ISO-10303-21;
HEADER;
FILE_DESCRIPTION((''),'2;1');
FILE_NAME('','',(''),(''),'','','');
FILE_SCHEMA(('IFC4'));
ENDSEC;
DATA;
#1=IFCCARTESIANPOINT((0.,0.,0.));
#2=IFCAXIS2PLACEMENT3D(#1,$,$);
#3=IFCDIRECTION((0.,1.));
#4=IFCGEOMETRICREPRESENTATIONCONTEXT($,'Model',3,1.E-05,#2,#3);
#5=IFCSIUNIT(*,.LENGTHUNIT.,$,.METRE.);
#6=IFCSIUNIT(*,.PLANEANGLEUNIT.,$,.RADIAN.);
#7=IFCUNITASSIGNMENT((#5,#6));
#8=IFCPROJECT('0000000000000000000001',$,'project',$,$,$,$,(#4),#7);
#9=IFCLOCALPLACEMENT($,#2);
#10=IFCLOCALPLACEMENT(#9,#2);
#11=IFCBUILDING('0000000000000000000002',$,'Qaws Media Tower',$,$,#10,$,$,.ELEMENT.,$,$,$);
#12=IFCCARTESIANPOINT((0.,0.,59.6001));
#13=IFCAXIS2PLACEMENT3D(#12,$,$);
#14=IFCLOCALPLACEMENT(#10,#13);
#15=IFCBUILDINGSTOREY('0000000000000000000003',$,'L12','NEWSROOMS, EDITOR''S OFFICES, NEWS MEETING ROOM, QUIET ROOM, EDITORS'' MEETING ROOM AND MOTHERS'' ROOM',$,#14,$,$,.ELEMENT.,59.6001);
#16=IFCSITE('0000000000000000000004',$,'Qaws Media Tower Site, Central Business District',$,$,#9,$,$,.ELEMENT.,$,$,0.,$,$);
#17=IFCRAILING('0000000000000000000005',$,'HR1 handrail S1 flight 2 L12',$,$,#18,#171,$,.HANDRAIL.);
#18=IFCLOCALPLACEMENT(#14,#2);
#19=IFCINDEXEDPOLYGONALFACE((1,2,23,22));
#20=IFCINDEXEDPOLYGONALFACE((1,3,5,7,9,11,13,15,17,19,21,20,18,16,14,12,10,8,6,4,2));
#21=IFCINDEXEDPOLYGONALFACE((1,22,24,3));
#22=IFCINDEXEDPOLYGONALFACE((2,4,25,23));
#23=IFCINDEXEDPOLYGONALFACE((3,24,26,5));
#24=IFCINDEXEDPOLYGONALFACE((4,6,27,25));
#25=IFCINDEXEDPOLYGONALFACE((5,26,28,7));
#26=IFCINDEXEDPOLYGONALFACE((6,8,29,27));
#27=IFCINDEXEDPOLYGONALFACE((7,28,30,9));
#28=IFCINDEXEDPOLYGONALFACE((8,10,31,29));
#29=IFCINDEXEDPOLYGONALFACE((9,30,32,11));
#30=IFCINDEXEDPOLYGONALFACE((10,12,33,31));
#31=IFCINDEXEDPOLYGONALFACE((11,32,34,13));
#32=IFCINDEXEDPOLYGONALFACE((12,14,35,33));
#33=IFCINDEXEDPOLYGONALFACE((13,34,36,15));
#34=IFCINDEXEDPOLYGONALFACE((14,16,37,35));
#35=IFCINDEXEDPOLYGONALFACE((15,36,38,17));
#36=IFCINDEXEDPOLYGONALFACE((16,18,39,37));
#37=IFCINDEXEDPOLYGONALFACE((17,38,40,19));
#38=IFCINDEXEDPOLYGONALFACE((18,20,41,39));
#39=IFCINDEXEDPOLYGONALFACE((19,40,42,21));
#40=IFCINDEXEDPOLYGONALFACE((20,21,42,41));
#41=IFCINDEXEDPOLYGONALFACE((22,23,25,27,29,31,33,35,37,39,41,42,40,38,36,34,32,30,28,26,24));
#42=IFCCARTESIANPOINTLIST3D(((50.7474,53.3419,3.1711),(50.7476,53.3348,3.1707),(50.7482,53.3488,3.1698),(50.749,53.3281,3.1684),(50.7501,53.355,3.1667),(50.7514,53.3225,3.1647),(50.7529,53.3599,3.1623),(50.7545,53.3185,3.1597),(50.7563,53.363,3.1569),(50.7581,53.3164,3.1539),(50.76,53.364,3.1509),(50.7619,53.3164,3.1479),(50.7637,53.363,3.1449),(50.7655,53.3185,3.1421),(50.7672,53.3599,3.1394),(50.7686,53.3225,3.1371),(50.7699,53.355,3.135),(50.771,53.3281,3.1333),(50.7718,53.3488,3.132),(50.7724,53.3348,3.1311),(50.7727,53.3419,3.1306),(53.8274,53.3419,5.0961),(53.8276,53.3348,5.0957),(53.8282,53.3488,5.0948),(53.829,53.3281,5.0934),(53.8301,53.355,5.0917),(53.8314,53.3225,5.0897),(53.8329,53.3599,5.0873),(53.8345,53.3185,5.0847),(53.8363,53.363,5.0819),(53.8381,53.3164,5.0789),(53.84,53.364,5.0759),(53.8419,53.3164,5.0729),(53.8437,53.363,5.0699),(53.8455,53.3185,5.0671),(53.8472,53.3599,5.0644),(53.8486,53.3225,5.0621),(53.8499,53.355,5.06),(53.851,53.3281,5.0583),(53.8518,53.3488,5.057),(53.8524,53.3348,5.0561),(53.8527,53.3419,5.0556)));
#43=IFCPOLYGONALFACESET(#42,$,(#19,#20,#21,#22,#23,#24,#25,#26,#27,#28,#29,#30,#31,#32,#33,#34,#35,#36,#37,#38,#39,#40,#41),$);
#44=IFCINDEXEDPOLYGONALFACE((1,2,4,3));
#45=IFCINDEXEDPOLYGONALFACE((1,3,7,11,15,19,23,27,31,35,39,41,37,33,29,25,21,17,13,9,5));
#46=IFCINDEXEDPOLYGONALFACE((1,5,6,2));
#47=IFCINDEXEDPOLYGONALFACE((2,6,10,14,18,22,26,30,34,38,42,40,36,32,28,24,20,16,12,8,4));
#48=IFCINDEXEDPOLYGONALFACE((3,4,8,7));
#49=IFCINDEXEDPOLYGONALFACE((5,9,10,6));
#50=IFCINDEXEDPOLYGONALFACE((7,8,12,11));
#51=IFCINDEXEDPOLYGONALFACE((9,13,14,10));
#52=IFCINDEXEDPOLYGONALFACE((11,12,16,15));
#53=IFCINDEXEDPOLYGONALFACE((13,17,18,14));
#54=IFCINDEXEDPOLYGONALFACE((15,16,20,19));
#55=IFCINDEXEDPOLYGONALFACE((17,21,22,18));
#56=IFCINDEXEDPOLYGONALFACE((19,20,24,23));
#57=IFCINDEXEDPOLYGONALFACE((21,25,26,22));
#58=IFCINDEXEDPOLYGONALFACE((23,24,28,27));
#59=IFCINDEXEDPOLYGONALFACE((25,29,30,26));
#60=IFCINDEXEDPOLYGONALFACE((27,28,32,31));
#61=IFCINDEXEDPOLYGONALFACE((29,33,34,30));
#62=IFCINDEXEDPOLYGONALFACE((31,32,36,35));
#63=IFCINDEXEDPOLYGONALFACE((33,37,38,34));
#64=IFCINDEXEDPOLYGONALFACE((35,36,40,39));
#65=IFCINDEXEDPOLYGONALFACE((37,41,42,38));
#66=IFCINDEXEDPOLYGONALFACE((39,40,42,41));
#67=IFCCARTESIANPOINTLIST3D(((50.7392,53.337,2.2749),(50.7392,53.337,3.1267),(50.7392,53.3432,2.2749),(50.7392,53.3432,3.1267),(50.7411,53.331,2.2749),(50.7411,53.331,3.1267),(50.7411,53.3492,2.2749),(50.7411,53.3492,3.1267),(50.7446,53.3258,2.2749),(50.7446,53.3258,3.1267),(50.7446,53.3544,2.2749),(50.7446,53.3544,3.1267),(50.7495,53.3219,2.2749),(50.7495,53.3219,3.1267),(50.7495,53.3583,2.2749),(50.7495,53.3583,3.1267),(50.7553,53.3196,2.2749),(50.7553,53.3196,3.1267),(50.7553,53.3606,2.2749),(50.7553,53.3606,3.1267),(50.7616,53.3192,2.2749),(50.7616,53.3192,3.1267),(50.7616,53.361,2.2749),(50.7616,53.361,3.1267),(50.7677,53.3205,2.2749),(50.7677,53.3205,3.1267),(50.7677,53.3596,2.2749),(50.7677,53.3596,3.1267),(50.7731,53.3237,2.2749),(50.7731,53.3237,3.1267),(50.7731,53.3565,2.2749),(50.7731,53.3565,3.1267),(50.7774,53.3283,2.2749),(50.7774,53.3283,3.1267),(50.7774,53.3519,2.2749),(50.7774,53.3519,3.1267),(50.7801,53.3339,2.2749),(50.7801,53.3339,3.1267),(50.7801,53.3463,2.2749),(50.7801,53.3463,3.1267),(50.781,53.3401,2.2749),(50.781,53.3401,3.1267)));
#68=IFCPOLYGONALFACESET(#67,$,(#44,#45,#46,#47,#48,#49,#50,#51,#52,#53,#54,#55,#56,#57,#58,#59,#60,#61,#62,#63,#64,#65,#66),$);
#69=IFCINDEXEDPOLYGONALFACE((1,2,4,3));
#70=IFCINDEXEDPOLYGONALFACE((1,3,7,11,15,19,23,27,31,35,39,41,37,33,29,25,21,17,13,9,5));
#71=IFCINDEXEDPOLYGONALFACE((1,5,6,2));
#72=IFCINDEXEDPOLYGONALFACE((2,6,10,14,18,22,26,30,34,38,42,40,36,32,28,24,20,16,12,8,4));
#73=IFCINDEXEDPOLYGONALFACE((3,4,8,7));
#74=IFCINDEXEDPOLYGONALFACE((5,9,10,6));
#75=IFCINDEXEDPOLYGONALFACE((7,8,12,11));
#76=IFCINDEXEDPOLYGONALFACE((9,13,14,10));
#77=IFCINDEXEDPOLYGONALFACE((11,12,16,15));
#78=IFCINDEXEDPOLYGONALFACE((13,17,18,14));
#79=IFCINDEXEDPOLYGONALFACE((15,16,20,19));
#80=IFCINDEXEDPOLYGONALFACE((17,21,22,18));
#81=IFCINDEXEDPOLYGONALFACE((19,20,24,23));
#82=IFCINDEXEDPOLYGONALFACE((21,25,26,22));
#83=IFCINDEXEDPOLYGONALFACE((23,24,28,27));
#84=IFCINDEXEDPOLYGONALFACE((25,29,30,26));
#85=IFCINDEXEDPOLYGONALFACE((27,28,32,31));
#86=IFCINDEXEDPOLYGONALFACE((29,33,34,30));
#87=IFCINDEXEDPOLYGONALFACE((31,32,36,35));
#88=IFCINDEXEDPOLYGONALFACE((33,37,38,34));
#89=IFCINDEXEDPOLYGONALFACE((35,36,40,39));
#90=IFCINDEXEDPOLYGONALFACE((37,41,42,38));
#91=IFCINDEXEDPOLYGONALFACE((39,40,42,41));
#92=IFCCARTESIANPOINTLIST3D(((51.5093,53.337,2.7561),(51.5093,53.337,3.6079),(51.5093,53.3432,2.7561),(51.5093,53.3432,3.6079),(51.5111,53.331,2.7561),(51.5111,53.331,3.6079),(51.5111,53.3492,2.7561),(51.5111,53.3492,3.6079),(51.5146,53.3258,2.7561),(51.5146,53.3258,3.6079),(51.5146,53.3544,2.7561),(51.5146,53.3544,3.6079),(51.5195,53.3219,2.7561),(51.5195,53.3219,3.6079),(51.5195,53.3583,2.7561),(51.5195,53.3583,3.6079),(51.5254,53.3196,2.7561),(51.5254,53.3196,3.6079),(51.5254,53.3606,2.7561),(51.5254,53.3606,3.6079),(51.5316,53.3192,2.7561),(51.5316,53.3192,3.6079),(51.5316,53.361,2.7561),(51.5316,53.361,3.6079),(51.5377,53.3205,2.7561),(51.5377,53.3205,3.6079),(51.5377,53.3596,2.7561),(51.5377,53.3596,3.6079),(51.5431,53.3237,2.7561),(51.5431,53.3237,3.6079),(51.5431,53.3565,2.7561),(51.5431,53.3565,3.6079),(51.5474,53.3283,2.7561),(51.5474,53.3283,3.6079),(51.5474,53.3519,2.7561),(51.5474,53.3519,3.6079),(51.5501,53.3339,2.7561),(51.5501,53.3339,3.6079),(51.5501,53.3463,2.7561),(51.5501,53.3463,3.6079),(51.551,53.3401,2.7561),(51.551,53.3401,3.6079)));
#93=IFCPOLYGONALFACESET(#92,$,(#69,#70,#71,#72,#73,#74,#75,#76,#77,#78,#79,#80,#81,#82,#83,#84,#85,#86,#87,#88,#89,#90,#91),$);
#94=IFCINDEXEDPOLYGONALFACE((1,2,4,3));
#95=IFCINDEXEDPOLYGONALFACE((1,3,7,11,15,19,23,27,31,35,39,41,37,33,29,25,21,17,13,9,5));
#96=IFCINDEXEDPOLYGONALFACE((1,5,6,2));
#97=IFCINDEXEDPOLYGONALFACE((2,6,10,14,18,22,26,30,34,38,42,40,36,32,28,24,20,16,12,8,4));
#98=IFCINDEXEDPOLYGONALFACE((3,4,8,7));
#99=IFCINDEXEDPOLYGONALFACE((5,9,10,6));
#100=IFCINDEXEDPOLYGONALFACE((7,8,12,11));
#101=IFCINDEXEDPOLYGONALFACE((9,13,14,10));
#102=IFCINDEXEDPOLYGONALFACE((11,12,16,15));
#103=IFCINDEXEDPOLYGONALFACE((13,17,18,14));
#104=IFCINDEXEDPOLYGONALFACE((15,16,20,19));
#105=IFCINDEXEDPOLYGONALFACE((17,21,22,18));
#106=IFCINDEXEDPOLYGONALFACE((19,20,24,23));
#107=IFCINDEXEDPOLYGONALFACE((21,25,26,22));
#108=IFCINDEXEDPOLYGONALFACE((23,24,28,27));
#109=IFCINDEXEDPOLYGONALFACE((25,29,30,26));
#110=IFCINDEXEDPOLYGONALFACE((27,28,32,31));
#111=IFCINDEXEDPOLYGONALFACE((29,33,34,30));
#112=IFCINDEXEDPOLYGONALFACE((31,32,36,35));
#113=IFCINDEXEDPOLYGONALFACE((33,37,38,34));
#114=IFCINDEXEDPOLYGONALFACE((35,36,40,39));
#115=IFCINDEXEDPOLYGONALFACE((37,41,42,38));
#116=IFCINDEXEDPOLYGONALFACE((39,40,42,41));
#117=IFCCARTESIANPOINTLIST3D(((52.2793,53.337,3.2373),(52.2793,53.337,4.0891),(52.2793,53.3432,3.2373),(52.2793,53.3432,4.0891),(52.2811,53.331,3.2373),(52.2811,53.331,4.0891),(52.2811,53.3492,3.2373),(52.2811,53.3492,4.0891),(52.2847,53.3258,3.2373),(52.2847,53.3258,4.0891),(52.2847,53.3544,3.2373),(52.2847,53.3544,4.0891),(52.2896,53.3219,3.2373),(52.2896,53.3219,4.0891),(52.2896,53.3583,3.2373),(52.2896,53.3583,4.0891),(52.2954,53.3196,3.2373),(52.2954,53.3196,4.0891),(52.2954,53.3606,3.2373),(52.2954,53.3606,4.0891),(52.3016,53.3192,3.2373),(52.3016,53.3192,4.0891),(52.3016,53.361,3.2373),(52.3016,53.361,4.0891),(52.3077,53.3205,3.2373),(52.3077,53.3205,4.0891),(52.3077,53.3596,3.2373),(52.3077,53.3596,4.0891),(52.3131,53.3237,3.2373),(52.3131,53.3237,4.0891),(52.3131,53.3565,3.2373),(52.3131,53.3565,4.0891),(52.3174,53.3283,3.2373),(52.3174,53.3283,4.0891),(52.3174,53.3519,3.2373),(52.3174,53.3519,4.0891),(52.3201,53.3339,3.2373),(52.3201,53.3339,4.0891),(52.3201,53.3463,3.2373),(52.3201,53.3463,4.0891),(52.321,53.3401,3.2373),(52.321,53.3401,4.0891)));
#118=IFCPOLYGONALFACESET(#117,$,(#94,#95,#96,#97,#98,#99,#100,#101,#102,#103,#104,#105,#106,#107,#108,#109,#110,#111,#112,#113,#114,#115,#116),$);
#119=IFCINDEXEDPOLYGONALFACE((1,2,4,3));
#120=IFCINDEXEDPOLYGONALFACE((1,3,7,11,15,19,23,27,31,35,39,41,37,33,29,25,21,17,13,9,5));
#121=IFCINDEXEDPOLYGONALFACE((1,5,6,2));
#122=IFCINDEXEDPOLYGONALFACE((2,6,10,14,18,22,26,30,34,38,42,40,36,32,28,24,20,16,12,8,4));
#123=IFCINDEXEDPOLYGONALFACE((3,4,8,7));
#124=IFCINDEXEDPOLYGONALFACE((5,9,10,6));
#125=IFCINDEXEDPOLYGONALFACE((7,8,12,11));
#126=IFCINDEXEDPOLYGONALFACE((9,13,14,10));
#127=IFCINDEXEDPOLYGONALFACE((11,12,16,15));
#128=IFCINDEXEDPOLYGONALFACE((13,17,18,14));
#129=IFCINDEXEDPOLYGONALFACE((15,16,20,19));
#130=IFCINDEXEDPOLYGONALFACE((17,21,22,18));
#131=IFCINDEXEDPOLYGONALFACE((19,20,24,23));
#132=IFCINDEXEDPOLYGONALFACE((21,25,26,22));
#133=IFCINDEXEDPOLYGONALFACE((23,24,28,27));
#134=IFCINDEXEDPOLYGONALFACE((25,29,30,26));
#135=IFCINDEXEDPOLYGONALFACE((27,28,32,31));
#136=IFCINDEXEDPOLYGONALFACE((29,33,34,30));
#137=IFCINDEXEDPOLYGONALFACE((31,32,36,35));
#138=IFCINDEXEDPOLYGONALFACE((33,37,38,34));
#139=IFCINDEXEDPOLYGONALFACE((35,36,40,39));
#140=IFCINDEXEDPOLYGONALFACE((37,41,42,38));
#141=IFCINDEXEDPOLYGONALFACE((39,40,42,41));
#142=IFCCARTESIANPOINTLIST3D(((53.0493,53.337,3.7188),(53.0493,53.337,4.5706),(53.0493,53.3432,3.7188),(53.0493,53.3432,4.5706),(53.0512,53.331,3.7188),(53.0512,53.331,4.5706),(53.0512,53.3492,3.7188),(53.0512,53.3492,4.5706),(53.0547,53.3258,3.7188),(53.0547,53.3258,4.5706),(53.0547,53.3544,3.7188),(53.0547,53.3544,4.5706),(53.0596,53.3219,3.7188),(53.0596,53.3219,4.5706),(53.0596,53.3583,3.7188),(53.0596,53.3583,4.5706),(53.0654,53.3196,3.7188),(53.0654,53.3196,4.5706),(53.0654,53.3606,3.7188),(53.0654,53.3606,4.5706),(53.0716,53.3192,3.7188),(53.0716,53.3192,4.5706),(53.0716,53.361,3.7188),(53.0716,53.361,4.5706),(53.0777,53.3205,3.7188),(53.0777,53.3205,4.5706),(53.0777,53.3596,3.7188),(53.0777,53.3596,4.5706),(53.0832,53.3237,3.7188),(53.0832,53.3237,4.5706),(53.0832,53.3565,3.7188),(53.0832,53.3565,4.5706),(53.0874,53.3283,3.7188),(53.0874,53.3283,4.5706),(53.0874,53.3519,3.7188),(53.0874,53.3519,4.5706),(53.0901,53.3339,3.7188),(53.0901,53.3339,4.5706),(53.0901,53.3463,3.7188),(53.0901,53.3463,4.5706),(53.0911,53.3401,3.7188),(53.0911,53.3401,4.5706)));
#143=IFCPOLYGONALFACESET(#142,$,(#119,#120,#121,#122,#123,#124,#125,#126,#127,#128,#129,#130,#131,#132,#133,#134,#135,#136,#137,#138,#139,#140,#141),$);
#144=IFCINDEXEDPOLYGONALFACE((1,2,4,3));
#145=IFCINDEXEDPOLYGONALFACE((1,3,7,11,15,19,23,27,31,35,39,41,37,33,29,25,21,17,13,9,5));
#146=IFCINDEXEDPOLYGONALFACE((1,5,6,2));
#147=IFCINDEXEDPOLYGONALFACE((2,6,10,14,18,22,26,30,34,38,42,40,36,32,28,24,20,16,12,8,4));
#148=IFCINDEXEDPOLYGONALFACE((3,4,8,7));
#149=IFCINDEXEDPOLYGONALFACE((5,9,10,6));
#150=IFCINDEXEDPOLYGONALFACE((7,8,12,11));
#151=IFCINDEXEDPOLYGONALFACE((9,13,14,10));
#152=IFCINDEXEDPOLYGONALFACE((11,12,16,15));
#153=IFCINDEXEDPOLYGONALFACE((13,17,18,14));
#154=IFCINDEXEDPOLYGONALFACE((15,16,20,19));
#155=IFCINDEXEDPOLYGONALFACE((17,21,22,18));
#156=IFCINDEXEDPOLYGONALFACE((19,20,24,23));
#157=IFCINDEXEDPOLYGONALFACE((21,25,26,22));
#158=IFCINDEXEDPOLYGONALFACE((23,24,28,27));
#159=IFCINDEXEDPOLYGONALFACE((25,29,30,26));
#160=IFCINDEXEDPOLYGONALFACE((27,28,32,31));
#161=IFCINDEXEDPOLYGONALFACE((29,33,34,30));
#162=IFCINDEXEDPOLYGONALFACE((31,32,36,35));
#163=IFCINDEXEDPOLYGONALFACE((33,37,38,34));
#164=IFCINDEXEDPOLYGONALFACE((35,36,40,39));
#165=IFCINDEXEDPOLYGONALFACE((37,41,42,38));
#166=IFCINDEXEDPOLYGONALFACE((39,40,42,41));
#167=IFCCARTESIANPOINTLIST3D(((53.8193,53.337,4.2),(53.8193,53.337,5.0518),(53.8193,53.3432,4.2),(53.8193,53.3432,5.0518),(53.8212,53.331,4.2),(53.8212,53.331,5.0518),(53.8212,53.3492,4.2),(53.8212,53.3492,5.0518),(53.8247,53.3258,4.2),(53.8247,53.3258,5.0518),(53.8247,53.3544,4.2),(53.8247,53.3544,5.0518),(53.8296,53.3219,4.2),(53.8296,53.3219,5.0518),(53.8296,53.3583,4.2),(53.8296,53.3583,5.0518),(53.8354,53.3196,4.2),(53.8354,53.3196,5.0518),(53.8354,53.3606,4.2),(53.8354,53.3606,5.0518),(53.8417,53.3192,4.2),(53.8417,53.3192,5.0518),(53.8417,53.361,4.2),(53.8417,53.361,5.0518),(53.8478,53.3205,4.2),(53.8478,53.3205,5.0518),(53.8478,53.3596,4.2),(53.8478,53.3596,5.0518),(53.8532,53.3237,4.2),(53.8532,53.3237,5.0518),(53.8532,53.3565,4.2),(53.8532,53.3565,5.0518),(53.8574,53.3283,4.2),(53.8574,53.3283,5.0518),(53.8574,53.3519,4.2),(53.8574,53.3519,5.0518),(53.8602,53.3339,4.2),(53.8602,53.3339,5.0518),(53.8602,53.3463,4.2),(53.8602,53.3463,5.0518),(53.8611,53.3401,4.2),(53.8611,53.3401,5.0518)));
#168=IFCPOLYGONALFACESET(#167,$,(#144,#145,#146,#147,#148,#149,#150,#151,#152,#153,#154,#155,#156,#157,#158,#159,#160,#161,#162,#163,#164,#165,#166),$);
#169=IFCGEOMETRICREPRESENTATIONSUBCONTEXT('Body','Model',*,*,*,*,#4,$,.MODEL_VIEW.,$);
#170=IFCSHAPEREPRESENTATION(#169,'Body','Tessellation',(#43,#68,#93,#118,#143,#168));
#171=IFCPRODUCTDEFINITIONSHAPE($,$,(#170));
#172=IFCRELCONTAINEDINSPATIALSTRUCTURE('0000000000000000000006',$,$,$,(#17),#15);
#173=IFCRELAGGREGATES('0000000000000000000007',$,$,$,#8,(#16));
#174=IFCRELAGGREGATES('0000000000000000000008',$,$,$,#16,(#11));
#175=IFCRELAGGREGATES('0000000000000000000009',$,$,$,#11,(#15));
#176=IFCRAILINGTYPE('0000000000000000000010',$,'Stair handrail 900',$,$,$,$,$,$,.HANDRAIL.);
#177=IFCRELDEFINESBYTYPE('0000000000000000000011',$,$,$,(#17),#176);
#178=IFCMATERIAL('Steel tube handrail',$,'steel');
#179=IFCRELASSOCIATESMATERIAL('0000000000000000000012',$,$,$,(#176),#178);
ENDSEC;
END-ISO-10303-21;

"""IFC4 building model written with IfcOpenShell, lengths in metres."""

from ifc_helpers import new_model, si_unit, direction, frame, origin, origin_2d, place, context, subcontext, project, spatial, circle, extrude, material, type_object, element, save


model = new_model("IFC4")

# Units and contexts
model_context = context("Model", 3, precision=1e-05, world=origin(), true_north=direction((0.0, 1.0)))
body_context = subcontext(model_context, "Body", "Model", "MODEL_VIEW")
ifc_project = project(units=[si_unit("LENGTHUNIT", "METRE"), si_unit("PLANEANGLEUNIT", "RADIAN")], contexts=[model_context])

# Site, building, storey
site_placement = place(None, origin())
site = spatial("IfcSite", under=ifc_project, at=site_placement, Name="Qaws Media Tower Site, Central Business District", CompositionType="ELEMENT", RefElevation=0.0)
building_placement = place(site_placement, origin())
building = spatial("IfcBuilding", under=site, at=building_placement, Name="Qaws Media Tower", CompositionType="ELEMENT")
storey_placement = place(building_placement, frame((0.0, 0.0, 59.6001)))
storey = spatial("IfcBuildingStorey", under=building, at=storey_placement, Name="L12", Description="NEWSROOMS, EDITOR'S OFFICES, NEWS MEETING ROOM, QUIET ROOM, EDITORS' MEETING ROOM AND MOTHERS' ROOM", CompositionType="ELEMENT", Elevation=59.6001)

# Railing
ifc_material_1 = material(Name="Steel tube handrail", Category="steel")
railing_type = type_object("IfcRailingType", Name="Stair handrail 900", PredefinedType="HANDRAIL", material=ifc_material_1)
for number, where, name in (
    (1, (50.76, 53.3401, 2.2749), "HR1 handrail S1 flight 2 L12"),
):
    element("IfcRailing", number, at=place(storey_placement, frame(where)), inside=storey, type_object=railing_type, Name=name, PredefinedType="HANDRAIL", context=body_context, shape_type="SweptSolid", body=[
        extrude(circle(Radius=0.0239, at=origin_2d()), frame((0.0, 0.0, 0.876), z_axis=(0.847998, 0.0, 0.529999), x_axis=(0.0, 1.0, 0.0)), (0.0, 0.0, 1.0), 3.6321),
        extrude(circle(Radius=0.021, at=origin_2d()), origin(), (0.0, 0.0, 1.0), 0.8518),
        extrude(circle(Radius=0.021, at=origin_2d()), frame((0.77, 0.0, 0.4812)), (0.0, 0.0, 1.0), 0.8518),
        extrude(circle(Radius=0.021, at=origin_2d()), frame((1.54, 0.0, 0.9624)), (0.0, 0.0, 1.0), 0.8518),
        extrude(circle(Radius=0.021, at=origin_2d()), frame((2.3101, 0.0, 1.4438)), (0.0, 0.0, 1.0), 0.8518),
        extrude(circle(Radius=0.021, at=origin_2d()), frame((3.0801, 0.0, 1.925)), (0.0, 0.0, 1.0), 0.8518),
    ])

save(model, "model.ifc")
